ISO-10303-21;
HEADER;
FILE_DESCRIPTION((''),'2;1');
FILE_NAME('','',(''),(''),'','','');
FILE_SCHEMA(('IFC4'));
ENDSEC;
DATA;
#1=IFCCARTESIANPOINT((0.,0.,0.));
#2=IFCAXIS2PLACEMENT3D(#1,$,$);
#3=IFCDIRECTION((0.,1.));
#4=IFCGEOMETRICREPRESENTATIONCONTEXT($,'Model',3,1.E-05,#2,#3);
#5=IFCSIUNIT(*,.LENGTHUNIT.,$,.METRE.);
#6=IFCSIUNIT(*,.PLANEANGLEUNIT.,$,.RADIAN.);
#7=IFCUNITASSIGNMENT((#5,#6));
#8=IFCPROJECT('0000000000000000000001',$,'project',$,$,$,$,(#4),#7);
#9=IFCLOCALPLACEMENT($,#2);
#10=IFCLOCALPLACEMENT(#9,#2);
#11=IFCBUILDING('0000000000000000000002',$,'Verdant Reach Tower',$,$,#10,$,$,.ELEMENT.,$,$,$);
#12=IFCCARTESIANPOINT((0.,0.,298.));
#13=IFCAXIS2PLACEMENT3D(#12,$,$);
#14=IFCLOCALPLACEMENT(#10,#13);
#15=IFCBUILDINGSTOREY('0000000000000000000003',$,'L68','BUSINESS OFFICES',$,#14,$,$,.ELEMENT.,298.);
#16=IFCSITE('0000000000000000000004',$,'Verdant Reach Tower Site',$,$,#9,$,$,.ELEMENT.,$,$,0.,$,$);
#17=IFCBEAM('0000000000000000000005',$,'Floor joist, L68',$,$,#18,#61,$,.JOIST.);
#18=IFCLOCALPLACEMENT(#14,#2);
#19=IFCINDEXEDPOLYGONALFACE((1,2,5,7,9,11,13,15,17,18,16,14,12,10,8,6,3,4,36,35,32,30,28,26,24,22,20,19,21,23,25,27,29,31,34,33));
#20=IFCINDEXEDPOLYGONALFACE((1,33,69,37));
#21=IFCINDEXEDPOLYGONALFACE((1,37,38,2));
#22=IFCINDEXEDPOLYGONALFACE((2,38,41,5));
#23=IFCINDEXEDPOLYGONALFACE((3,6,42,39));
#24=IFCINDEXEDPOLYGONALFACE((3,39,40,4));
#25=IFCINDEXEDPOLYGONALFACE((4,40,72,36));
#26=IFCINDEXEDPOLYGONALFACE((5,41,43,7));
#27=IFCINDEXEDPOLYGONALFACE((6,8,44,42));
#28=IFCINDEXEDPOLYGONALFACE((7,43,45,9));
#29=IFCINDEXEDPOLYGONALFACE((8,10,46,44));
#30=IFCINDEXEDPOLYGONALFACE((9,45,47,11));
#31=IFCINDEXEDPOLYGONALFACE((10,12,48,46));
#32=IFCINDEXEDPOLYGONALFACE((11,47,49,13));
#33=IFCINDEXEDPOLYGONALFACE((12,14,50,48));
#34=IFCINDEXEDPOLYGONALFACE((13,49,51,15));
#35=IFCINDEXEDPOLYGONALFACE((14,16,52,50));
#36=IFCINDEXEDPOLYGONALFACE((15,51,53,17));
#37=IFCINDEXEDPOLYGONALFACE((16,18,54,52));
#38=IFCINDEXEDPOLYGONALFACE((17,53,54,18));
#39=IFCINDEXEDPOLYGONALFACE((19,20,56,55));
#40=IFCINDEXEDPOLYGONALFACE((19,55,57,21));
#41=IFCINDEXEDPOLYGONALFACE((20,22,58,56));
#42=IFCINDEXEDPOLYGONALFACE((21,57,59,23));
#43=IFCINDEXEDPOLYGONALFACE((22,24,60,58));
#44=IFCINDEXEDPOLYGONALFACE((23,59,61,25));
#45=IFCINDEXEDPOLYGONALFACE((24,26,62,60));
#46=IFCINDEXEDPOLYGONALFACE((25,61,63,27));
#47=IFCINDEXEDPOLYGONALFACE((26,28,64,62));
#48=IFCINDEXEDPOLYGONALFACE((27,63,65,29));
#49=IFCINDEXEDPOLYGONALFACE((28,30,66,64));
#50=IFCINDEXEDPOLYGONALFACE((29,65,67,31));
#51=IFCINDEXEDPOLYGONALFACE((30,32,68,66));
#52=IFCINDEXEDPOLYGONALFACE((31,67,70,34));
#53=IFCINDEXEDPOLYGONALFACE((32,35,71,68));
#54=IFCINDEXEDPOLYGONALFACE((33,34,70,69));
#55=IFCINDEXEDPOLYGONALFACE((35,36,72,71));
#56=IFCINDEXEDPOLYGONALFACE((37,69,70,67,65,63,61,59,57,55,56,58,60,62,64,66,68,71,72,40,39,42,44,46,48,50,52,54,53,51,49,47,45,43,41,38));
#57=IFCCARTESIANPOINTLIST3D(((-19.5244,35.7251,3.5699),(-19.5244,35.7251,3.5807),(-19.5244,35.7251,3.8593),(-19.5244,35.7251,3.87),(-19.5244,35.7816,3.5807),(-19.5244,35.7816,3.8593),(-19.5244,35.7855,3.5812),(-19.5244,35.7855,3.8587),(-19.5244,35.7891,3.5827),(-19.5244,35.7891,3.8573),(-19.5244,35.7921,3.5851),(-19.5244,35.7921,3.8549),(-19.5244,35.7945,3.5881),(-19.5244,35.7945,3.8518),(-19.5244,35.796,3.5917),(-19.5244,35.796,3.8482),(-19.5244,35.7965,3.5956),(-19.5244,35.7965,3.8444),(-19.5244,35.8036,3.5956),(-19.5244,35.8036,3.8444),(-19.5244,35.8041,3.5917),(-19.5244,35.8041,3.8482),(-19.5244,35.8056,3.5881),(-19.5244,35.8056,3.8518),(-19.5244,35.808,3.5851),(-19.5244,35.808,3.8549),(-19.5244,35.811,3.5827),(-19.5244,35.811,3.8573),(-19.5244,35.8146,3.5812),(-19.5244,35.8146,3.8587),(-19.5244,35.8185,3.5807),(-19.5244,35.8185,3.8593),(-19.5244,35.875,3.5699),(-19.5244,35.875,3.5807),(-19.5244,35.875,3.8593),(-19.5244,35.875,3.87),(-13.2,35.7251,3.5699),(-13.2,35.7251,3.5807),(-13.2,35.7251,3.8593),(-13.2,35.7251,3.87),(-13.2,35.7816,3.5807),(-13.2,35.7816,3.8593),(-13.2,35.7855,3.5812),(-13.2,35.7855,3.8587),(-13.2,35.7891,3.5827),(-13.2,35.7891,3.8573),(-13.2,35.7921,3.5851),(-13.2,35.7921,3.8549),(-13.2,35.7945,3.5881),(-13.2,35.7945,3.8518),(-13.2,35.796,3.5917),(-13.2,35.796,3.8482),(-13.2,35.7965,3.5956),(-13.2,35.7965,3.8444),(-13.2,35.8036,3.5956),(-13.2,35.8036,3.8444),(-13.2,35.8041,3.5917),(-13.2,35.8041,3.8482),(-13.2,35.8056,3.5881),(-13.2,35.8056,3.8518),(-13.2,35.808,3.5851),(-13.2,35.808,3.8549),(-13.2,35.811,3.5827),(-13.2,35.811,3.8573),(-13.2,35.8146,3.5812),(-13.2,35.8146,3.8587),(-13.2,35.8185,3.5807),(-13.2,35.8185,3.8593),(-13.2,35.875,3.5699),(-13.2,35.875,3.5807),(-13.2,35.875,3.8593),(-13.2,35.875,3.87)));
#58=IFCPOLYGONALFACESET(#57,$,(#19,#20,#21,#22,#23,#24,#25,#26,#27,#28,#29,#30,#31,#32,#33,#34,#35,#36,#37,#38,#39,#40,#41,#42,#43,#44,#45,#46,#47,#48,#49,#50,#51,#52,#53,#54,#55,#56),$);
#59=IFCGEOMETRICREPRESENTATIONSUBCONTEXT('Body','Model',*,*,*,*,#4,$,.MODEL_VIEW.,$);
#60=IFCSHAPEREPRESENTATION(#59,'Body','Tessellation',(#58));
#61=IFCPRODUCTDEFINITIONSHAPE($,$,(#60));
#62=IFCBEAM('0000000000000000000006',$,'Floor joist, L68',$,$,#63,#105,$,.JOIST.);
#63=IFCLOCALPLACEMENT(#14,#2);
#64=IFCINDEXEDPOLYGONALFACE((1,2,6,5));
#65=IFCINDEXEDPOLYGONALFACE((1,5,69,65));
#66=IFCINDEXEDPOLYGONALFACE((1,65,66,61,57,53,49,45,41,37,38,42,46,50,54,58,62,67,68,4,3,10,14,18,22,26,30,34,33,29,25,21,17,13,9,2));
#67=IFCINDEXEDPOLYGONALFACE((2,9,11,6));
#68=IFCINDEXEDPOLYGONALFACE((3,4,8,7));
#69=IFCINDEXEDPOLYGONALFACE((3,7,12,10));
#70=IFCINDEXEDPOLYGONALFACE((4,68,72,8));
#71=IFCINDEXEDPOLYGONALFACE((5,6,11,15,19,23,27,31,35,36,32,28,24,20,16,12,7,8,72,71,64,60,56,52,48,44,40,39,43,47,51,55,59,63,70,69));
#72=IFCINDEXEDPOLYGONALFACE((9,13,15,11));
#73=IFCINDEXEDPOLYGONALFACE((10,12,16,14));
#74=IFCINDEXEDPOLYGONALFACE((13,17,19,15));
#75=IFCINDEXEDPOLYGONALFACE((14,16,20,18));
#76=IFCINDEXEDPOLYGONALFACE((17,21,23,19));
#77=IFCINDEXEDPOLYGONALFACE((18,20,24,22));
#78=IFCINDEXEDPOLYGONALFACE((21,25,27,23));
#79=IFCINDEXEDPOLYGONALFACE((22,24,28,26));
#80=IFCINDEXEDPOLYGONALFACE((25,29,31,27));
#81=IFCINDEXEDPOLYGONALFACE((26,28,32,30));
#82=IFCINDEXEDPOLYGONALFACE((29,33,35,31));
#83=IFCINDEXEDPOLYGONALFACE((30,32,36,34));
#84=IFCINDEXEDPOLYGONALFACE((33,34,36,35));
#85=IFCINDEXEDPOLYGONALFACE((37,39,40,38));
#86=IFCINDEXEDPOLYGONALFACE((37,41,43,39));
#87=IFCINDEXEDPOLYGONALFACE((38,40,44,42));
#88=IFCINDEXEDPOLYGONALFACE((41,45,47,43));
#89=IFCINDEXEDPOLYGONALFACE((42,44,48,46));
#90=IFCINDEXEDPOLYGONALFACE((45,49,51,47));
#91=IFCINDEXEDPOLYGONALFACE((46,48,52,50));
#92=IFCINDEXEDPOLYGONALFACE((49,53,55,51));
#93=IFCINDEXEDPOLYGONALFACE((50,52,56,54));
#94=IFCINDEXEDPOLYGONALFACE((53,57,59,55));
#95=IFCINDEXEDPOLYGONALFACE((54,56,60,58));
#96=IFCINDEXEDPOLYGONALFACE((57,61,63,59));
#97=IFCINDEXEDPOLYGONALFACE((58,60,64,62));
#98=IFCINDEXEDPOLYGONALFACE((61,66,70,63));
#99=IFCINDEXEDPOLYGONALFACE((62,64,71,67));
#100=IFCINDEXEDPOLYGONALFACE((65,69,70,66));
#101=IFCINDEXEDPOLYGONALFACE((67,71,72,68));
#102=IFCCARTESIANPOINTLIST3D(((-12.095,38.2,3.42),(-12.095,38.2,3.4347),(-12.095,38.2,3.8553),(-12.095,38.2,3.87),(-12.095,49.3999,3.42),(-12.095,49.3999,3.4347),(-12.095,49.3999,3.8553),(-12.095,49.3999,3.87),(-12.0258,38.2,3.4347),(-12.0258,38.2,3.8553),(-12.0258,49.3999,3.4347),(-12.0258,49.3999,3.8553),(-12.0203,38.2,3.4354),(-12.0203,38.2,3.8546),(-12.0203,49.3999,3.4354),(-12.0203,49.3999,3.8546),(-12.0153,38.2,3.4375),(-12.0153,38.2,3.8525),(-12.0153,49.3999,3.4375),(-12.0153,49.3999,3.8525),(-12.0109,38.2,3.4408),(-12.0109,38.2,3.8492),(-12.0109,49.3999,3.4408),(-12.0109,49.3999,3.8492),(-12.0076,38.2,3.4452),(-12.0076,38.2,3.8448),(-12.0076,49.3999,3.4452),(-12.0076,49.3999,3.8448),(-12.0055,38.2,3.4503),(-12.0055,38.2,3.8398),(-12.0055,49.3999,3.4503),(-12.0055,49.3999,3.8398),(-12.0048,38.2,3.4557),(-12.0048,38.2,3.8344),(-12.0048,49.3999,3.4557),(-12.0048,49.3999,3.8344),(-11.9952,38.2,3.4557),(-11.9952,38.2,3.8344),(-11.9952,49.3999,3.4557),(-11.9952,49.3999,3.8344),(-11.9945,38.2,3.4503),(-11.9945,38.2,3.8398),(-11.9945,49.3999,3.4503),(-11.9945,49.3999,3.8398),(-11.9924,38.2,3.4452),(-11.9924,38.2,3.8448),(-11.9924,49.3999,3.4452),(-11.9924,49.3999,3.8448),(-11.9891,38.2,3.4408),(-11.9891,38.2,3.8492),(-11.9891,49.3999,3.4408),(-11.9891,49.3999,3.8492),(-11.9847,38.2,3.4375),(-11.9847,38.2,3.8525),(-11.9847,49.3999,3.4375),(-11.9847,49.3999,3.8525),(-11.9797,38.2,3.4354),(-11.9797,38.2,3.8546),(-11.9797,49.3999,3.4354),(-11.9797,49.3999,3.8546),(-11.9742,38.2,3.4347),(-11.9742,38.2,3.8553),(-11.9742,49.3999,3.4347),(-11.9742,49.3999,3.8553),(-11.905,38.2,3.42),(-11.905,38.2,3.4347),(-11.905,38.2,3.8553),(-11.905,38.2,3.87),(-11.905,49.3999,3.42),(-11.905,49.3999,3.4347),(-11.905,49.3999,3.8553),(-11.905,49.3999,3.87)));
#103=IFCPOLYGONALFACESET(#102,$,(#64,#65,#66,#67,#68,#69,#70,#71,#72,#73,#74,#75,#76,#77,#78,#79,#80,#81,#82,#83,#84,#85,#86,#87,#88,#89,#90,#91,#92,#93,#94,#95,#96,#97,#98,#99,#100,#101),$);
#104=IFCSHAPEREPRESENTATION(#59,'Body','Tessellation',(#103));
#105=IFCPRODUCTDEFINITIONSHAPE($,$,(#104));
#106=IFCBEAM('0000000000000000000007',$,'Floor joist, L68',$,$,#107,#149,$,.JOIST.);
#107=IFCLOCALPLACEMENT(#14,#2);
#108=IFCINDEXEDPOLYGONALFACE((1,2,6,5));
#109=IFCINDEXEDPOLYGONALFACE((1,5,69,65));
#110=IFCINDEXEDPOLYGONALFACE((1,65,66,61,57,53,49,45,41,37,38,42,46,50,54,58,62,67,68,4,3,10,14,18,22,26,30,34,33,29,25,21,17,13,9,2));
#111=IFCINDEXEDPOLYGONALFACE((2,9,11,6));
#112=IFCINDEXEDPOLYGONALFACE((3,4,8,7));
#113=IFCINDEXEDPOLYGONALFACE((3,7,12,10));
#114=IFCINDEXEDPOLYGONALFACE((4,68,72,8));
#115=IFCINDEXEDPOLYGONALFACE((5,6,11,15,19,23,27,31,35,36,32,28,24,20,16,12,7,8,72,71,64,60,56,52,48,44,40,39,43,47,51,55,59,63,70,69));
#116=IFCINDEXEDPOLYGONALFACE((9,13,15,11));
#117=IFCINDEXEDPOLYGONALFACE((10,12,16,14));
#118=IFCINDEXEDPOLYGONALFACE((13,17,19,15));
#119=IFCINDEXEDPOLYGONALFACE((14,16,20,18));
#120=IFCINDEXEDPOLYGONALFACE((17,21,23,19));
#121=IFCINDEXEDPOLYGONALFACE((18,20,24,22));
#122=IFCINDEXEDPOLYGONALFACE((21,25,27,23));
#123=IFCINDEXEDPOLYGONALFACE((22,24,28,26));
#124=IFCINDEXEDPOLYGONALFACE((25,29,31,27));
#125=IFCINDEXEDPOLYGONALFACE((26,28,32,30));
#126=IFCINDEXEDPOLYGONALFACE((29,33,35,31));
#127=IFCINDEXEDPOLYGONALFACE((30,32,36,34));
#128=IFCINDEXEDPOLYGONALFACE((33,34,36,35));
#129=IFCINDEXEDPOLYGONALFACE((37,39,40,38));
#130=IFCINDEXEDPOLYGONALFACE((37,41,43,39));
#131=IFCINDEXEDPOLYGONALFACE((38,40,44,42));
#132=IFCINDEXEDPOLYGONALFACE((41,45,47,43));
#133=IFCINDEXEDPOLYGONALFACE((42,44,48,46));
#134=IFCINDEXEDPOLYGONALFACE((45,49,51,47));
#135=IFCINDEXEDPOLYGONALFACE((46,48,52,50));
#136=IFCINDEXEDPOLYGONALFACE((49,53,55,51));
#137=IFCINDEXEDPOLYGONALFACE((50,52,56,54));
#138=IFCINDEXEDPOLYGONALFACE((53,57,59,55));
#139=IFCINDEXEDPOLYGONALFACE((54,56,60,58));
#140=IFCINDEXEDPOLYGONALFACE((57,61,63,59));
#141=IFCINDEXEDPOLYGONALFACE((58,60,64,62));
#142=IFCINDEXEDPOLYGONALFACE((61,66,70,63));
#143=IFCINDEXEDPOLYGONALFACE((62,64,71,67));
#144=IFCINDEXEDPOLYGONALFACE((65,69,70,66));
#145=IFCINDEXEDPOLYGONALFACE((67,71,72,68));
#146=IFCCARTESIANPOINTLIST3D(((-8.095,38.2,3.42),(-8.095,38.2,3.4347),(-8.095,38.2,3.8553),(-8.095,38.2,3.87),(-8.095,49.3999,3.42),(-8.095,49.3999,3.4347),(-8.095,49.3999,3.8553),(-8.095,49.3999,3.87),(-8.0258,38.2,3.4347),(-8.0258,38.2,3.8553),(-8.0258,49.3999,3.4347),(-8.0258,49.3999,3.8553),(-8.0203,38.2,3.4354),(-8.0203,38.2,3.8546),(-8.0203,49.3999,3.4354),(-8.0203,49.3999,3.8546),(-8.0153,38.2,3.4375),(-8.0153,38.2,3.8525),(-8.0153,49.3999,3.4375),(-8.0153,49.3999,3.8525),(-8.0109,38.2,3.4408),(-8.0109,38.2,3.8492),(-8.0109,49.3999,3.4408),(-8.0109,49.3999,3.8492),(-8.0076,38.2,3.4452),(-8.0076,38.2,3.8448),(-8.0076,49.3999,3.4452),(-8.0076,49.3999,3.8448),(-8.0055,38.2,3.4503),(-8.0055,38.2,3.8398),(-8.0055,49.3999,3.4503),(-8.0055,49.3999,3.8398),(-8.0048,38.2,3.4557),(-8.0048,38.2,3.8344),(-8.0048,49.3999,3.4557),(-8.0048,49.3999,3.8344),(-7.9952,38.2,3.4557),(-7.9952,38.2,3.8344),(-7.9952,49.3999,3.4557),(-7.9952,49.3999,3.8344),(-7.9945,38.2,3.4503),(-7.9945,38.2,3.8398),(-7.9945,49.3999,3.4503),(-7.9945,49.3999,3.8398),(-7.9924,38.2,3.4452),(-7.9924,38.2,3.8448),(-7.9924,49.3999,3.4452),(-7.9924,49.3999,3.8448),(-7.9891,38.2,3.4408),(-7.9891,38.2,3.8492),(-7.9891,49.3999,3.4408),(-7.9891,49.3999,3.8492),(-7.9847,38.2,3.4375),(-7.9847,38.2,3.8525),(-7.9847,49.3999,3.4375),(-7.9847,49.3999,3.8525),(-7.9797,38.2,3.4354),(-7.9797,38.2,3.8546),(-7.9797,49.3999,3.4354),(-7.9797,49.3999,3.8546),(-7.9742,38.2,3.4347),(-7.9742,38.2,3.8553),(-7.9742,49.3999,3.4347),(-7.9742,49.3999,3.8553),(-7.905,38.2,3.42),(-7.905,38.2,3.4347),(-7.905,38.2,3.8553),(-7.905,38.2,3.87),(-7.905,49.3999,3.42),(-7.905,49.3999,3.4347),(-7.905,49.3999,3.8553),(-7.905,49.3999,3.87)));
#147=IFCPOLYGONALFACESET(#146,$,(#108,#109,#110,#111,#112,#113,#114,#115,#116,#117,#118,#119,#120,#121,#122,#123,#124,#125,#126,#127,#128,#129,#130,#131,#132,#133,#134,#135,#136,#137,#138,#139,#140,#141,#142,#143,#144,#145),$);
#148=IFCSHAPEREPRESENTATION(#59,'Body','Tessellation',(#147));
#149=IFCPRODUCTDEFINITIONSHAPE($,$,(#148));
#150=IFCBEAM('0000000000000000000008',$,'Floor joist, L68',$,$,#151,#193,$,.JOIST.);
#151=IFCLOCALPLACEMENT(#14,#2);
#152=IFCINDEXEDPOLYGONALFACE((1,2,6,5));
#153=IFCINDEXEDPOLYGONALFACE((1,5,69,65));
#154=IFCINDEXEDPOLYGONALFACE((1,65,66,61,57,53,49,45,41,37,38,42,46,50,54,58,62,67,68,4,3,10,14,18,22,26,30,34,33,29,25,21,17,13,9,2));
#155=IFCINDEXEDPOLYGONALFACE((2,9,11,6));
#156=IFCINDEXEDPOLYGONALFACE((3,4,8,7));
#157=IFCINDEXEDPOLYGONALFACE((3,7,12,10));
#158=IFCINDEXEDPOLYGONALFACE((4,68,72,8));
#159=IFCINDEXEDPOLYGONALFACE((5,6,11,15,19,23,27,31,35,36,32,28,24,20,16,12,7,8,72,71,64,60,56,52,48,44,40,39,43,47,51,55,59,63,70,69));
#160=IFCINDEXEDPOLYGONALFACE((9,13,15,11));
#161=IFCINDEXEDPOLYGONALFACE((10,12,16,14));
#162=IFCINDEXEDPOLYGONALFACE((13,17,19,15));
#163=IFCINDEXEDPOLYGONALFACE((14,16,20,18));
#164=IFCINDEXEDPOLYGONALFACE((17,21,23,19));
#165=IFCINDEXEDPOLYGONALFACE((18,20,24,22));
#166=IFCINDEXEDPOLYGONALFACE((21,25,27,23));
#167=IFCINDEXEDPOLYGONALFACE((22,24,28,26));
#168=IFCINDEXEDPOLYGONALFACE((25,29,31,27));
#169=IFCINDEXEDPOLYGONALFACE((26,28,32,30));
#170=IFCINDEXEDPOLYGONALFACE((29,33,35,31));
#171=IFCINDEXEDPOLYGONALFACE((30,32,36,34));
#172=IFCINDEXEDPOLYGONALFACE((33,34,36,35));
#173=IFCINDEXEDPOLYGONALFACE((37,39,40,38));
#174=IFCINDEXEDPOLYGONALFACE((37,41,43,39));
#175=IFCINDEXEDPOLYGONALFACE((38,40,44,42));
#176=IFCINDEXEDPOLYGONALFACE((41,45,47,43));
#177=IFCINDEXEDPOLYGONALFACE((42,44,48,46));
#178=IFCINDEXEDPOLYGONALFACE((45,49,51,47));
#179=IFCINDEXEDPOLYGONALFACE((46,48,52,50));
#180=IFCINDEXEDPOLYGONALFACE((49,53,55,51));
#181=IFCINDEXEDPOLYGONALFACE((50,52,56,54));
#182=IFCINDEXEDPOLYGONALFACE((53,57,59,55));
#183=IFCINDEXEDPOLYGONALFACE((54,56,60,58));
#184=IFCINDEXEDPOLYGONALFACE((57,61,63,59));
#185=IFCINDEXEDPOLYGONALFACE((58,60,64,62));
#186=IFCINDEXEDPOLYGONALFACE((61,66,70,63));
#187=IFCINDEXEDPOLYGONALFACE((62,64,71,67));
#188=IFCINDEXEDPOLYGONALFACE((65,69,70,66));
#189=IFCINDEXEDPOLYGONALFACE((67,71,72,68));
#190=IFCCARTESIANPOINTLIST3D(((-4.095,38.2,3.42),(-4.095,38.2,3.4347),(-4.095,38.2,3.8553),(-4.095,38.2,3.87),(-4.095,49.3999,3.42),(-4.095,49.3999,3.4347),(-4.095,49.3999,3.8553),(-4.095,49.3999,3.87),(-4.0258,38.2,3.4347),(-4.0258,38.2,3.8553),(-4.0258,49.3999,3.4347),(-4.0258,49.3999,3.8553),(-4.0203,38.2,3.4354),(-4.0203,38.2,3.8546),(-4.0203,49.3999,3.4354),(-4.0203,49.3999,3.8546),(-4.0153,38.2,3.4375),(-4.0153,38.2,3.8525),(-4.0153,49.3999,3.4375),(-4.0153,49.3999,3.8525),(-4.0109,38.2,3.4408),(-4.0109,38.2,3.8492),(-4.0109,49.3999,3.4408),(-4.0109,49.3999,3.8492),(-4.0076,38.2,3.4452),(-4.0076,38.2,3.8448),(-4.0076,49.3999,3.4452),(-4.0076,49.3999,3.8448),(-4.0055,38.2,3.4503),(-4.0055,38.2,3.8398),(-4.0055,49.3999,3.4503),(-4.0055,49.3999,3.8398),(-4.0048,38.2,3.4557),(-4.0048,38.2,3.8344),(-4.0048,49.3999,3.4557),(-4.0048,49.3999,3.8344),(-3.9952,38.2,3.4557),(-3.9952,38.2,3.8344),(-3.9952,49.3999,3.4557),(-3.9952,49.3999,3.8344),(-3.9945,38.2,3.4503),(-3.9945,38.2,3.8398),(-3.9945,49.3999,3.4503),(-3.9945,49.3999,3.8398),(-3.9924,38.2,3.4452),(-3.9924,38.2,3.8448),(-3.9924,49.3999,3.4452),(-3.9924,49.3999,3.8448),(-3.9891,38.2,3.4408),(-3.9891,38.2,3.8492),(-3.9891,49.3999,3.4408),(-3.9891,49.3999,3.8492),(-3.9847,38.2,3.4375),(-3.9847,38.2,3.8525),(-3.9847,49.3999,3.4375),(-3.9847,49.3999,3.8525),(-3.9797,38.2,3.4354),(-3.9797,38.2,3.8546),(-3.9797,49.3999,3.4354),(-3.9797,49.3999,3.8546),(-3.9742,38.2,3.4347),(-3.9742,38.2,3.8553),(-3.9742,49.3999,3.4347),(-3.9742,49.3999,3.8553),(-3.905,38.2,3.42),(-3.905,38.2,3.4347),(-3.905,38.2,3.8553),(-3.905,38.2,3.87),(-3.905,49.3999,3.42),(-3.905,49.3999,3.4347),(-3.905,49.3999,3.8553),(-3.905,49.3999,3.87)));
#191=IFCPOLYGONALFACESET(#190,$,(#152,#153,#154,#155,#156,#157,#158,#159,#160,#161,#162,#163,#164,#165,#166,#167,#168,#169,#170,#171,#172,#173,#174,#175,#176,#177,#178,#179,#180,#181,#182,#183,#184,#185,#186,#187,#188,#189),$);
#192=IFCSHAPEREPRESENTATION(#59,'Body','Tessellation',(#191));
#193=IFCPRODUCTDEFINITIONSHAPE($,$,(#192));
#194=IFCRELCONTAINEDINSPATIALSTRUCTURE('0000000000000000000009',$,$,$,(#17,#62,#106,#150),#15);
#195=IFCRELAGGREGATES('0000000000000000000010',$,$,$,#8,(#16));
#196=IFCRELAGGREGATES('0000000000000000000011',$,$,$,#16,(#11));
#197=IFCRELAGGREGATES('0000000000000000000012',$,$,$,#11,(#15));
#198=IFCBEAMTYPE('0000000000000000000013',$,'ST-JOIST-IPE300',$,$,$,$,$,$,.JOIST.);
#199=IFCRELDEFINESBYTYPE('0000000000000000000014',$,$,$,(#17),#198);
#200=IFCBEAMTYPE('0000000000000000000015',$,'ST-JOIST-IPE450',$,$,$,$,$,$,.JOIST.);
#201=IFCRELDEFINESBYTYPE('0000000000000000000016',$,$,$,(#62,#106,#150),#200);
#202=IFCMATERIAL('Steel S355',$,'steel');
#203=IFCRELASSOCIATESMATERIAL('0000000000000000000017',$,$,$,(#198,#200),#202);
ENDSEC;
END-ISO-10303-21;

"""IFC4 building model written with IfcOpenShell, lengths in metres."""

from ifc_helpers import new_model, si_unit, direction, frame, origin, origin_2d, place, context, subcontext, project, spatial, i_section, extrude, material, material_profile, profile_set, type_object, element, save


model = new_model("IFC4")

# Units and contexts
model_context = context("Model", 3, precision=1e-05, world=origin(), true_north=direction((0.0, 1.0)))
body_context = subcontext(model_context, "Body", "Model", "MODEL_VIEW")
ifc_project = project(units=[si_unit("LENGTHUNIT", "METRE"), si_unit("PLANEANGLEUNIT", "RADIAN")], contexts=[model_context])

# Site, building, storey
site_placement = place(None, origin())
site = spatial("IfcSite", under=ifc_project, at=site_placement, Name="Verdant Reach Tower Site", CompositionType="ELEMENT", RefElevation=0.0)
building_placement = place(site_placement, origin())
building = spatial("IfcBuilding", under=site, at=building_placement, Name="Verdant Reach Tower", CompositionType="ELEMENT")
storey_placement = place(building_placement, frame((0.0, 0.0, 298.0)))
storey = spatial("IfcBuildingStorey", under=building, at=storey_placement, Name="L68", Description="BUSINESS OFFICES", CompositionType="ELEMENT", Elevation=298.0)

# Beams
ifc_material_1 = material(Name="Steel S355", Category="steel")
ifc_material_profile_1 = material_profile(ifc_material_1, i_section(OverallWidth=0.1499, OverallDepth=0.3, WebThickness=0.0071, FlangeThickness=0.0107, FilletRadius=0.0149, at=origin_2d()), Name="IPE 300")
ifc_profile_set_1 = profile_set([ifc_material_profile_1], Name="Steel S355")
beam_type_1 = type_object("IfcBeamType", Name="ST-JOIST-IPE300", PredefinedType="JOIST", material=ifc_profile_set_1)
beam_1_placement = place(storey_placement, frame((-13.2, 35.8, 3.72), z_axis=(-1.0, 0.0, 0.0), x_axis=(0.0, -1.0, 0.0)))
element("IfcBeam", 1, at=beam_1_placement, inside=storey, type_object=beam_type_1, Name="Floor joist, L68", PredefinedType="JOIST", context=body_context, shape_type="SweptSolid", body=[
    extrude(i_section(OverallWidth=0.1499, OverallDepth=0.3, WebThickness=0.0071, FlangeThickness=0.0107, FilletRadius=0.0149, at=origin_2d()), origin(), (0.0, 0.0, 1.0), 6.3245),
])
ifc_material_profile_2 = material_profile(ifc_material_1, i_section(OverallWidth=0.1899, OverallDepth=0.45, WebThickness=0.0095, FlangeThickness=0.0146, FilletRadius=0.021, at=origin_2d()), Name="IPE 450")
ifc_profile_set_2 = profile_set([ifc_material_profile_2], Name="Steel S355")
beam_type_2 = type_object("IfcBeamType", Name="ST-JOIST-IPE450", PredefinedType="JOIST", material=ifc_profile_set_2)
for number, where, z_axis, x_axis, name in (
    (2, (-12.0, 38.2, 3.645), (0.0, 1.0, 0.0), (-1.0, 0.0, 0.0), "Floor joist, L68"),
    (3, (-8.0, 38.2, 3.645), (0.0, 1.0, 0.0), (-1.0, 0.0, 0.0), "Floor joist, L68"),
    (4, (-4.0, 38.2, 3.645), (0.0, 1.0, 0.0), (-1.0, 0.0, 0.0), "Floor joist, L68"),
):
    element("IfcBeam", number, at=place(storey_placement, frame(where, z_axis=z_axis, x_axis=x_axis)), inside=storey, type_object=beam_type_2, Name=name, PredefinedType="JOIST", context=body_context, shape_type="SweptSolid", body=[
        extrude(i_section(OverallWidth=0.1899, OverallDepth=0.45, WebThickness=0.0095, FlangeThickness=0.0146, FilletRadius=0.021, at=origin_2d()), origin(), (0.0, 0.0, 1.0), 11.2),
    ])

save(model, "model.ifc")
